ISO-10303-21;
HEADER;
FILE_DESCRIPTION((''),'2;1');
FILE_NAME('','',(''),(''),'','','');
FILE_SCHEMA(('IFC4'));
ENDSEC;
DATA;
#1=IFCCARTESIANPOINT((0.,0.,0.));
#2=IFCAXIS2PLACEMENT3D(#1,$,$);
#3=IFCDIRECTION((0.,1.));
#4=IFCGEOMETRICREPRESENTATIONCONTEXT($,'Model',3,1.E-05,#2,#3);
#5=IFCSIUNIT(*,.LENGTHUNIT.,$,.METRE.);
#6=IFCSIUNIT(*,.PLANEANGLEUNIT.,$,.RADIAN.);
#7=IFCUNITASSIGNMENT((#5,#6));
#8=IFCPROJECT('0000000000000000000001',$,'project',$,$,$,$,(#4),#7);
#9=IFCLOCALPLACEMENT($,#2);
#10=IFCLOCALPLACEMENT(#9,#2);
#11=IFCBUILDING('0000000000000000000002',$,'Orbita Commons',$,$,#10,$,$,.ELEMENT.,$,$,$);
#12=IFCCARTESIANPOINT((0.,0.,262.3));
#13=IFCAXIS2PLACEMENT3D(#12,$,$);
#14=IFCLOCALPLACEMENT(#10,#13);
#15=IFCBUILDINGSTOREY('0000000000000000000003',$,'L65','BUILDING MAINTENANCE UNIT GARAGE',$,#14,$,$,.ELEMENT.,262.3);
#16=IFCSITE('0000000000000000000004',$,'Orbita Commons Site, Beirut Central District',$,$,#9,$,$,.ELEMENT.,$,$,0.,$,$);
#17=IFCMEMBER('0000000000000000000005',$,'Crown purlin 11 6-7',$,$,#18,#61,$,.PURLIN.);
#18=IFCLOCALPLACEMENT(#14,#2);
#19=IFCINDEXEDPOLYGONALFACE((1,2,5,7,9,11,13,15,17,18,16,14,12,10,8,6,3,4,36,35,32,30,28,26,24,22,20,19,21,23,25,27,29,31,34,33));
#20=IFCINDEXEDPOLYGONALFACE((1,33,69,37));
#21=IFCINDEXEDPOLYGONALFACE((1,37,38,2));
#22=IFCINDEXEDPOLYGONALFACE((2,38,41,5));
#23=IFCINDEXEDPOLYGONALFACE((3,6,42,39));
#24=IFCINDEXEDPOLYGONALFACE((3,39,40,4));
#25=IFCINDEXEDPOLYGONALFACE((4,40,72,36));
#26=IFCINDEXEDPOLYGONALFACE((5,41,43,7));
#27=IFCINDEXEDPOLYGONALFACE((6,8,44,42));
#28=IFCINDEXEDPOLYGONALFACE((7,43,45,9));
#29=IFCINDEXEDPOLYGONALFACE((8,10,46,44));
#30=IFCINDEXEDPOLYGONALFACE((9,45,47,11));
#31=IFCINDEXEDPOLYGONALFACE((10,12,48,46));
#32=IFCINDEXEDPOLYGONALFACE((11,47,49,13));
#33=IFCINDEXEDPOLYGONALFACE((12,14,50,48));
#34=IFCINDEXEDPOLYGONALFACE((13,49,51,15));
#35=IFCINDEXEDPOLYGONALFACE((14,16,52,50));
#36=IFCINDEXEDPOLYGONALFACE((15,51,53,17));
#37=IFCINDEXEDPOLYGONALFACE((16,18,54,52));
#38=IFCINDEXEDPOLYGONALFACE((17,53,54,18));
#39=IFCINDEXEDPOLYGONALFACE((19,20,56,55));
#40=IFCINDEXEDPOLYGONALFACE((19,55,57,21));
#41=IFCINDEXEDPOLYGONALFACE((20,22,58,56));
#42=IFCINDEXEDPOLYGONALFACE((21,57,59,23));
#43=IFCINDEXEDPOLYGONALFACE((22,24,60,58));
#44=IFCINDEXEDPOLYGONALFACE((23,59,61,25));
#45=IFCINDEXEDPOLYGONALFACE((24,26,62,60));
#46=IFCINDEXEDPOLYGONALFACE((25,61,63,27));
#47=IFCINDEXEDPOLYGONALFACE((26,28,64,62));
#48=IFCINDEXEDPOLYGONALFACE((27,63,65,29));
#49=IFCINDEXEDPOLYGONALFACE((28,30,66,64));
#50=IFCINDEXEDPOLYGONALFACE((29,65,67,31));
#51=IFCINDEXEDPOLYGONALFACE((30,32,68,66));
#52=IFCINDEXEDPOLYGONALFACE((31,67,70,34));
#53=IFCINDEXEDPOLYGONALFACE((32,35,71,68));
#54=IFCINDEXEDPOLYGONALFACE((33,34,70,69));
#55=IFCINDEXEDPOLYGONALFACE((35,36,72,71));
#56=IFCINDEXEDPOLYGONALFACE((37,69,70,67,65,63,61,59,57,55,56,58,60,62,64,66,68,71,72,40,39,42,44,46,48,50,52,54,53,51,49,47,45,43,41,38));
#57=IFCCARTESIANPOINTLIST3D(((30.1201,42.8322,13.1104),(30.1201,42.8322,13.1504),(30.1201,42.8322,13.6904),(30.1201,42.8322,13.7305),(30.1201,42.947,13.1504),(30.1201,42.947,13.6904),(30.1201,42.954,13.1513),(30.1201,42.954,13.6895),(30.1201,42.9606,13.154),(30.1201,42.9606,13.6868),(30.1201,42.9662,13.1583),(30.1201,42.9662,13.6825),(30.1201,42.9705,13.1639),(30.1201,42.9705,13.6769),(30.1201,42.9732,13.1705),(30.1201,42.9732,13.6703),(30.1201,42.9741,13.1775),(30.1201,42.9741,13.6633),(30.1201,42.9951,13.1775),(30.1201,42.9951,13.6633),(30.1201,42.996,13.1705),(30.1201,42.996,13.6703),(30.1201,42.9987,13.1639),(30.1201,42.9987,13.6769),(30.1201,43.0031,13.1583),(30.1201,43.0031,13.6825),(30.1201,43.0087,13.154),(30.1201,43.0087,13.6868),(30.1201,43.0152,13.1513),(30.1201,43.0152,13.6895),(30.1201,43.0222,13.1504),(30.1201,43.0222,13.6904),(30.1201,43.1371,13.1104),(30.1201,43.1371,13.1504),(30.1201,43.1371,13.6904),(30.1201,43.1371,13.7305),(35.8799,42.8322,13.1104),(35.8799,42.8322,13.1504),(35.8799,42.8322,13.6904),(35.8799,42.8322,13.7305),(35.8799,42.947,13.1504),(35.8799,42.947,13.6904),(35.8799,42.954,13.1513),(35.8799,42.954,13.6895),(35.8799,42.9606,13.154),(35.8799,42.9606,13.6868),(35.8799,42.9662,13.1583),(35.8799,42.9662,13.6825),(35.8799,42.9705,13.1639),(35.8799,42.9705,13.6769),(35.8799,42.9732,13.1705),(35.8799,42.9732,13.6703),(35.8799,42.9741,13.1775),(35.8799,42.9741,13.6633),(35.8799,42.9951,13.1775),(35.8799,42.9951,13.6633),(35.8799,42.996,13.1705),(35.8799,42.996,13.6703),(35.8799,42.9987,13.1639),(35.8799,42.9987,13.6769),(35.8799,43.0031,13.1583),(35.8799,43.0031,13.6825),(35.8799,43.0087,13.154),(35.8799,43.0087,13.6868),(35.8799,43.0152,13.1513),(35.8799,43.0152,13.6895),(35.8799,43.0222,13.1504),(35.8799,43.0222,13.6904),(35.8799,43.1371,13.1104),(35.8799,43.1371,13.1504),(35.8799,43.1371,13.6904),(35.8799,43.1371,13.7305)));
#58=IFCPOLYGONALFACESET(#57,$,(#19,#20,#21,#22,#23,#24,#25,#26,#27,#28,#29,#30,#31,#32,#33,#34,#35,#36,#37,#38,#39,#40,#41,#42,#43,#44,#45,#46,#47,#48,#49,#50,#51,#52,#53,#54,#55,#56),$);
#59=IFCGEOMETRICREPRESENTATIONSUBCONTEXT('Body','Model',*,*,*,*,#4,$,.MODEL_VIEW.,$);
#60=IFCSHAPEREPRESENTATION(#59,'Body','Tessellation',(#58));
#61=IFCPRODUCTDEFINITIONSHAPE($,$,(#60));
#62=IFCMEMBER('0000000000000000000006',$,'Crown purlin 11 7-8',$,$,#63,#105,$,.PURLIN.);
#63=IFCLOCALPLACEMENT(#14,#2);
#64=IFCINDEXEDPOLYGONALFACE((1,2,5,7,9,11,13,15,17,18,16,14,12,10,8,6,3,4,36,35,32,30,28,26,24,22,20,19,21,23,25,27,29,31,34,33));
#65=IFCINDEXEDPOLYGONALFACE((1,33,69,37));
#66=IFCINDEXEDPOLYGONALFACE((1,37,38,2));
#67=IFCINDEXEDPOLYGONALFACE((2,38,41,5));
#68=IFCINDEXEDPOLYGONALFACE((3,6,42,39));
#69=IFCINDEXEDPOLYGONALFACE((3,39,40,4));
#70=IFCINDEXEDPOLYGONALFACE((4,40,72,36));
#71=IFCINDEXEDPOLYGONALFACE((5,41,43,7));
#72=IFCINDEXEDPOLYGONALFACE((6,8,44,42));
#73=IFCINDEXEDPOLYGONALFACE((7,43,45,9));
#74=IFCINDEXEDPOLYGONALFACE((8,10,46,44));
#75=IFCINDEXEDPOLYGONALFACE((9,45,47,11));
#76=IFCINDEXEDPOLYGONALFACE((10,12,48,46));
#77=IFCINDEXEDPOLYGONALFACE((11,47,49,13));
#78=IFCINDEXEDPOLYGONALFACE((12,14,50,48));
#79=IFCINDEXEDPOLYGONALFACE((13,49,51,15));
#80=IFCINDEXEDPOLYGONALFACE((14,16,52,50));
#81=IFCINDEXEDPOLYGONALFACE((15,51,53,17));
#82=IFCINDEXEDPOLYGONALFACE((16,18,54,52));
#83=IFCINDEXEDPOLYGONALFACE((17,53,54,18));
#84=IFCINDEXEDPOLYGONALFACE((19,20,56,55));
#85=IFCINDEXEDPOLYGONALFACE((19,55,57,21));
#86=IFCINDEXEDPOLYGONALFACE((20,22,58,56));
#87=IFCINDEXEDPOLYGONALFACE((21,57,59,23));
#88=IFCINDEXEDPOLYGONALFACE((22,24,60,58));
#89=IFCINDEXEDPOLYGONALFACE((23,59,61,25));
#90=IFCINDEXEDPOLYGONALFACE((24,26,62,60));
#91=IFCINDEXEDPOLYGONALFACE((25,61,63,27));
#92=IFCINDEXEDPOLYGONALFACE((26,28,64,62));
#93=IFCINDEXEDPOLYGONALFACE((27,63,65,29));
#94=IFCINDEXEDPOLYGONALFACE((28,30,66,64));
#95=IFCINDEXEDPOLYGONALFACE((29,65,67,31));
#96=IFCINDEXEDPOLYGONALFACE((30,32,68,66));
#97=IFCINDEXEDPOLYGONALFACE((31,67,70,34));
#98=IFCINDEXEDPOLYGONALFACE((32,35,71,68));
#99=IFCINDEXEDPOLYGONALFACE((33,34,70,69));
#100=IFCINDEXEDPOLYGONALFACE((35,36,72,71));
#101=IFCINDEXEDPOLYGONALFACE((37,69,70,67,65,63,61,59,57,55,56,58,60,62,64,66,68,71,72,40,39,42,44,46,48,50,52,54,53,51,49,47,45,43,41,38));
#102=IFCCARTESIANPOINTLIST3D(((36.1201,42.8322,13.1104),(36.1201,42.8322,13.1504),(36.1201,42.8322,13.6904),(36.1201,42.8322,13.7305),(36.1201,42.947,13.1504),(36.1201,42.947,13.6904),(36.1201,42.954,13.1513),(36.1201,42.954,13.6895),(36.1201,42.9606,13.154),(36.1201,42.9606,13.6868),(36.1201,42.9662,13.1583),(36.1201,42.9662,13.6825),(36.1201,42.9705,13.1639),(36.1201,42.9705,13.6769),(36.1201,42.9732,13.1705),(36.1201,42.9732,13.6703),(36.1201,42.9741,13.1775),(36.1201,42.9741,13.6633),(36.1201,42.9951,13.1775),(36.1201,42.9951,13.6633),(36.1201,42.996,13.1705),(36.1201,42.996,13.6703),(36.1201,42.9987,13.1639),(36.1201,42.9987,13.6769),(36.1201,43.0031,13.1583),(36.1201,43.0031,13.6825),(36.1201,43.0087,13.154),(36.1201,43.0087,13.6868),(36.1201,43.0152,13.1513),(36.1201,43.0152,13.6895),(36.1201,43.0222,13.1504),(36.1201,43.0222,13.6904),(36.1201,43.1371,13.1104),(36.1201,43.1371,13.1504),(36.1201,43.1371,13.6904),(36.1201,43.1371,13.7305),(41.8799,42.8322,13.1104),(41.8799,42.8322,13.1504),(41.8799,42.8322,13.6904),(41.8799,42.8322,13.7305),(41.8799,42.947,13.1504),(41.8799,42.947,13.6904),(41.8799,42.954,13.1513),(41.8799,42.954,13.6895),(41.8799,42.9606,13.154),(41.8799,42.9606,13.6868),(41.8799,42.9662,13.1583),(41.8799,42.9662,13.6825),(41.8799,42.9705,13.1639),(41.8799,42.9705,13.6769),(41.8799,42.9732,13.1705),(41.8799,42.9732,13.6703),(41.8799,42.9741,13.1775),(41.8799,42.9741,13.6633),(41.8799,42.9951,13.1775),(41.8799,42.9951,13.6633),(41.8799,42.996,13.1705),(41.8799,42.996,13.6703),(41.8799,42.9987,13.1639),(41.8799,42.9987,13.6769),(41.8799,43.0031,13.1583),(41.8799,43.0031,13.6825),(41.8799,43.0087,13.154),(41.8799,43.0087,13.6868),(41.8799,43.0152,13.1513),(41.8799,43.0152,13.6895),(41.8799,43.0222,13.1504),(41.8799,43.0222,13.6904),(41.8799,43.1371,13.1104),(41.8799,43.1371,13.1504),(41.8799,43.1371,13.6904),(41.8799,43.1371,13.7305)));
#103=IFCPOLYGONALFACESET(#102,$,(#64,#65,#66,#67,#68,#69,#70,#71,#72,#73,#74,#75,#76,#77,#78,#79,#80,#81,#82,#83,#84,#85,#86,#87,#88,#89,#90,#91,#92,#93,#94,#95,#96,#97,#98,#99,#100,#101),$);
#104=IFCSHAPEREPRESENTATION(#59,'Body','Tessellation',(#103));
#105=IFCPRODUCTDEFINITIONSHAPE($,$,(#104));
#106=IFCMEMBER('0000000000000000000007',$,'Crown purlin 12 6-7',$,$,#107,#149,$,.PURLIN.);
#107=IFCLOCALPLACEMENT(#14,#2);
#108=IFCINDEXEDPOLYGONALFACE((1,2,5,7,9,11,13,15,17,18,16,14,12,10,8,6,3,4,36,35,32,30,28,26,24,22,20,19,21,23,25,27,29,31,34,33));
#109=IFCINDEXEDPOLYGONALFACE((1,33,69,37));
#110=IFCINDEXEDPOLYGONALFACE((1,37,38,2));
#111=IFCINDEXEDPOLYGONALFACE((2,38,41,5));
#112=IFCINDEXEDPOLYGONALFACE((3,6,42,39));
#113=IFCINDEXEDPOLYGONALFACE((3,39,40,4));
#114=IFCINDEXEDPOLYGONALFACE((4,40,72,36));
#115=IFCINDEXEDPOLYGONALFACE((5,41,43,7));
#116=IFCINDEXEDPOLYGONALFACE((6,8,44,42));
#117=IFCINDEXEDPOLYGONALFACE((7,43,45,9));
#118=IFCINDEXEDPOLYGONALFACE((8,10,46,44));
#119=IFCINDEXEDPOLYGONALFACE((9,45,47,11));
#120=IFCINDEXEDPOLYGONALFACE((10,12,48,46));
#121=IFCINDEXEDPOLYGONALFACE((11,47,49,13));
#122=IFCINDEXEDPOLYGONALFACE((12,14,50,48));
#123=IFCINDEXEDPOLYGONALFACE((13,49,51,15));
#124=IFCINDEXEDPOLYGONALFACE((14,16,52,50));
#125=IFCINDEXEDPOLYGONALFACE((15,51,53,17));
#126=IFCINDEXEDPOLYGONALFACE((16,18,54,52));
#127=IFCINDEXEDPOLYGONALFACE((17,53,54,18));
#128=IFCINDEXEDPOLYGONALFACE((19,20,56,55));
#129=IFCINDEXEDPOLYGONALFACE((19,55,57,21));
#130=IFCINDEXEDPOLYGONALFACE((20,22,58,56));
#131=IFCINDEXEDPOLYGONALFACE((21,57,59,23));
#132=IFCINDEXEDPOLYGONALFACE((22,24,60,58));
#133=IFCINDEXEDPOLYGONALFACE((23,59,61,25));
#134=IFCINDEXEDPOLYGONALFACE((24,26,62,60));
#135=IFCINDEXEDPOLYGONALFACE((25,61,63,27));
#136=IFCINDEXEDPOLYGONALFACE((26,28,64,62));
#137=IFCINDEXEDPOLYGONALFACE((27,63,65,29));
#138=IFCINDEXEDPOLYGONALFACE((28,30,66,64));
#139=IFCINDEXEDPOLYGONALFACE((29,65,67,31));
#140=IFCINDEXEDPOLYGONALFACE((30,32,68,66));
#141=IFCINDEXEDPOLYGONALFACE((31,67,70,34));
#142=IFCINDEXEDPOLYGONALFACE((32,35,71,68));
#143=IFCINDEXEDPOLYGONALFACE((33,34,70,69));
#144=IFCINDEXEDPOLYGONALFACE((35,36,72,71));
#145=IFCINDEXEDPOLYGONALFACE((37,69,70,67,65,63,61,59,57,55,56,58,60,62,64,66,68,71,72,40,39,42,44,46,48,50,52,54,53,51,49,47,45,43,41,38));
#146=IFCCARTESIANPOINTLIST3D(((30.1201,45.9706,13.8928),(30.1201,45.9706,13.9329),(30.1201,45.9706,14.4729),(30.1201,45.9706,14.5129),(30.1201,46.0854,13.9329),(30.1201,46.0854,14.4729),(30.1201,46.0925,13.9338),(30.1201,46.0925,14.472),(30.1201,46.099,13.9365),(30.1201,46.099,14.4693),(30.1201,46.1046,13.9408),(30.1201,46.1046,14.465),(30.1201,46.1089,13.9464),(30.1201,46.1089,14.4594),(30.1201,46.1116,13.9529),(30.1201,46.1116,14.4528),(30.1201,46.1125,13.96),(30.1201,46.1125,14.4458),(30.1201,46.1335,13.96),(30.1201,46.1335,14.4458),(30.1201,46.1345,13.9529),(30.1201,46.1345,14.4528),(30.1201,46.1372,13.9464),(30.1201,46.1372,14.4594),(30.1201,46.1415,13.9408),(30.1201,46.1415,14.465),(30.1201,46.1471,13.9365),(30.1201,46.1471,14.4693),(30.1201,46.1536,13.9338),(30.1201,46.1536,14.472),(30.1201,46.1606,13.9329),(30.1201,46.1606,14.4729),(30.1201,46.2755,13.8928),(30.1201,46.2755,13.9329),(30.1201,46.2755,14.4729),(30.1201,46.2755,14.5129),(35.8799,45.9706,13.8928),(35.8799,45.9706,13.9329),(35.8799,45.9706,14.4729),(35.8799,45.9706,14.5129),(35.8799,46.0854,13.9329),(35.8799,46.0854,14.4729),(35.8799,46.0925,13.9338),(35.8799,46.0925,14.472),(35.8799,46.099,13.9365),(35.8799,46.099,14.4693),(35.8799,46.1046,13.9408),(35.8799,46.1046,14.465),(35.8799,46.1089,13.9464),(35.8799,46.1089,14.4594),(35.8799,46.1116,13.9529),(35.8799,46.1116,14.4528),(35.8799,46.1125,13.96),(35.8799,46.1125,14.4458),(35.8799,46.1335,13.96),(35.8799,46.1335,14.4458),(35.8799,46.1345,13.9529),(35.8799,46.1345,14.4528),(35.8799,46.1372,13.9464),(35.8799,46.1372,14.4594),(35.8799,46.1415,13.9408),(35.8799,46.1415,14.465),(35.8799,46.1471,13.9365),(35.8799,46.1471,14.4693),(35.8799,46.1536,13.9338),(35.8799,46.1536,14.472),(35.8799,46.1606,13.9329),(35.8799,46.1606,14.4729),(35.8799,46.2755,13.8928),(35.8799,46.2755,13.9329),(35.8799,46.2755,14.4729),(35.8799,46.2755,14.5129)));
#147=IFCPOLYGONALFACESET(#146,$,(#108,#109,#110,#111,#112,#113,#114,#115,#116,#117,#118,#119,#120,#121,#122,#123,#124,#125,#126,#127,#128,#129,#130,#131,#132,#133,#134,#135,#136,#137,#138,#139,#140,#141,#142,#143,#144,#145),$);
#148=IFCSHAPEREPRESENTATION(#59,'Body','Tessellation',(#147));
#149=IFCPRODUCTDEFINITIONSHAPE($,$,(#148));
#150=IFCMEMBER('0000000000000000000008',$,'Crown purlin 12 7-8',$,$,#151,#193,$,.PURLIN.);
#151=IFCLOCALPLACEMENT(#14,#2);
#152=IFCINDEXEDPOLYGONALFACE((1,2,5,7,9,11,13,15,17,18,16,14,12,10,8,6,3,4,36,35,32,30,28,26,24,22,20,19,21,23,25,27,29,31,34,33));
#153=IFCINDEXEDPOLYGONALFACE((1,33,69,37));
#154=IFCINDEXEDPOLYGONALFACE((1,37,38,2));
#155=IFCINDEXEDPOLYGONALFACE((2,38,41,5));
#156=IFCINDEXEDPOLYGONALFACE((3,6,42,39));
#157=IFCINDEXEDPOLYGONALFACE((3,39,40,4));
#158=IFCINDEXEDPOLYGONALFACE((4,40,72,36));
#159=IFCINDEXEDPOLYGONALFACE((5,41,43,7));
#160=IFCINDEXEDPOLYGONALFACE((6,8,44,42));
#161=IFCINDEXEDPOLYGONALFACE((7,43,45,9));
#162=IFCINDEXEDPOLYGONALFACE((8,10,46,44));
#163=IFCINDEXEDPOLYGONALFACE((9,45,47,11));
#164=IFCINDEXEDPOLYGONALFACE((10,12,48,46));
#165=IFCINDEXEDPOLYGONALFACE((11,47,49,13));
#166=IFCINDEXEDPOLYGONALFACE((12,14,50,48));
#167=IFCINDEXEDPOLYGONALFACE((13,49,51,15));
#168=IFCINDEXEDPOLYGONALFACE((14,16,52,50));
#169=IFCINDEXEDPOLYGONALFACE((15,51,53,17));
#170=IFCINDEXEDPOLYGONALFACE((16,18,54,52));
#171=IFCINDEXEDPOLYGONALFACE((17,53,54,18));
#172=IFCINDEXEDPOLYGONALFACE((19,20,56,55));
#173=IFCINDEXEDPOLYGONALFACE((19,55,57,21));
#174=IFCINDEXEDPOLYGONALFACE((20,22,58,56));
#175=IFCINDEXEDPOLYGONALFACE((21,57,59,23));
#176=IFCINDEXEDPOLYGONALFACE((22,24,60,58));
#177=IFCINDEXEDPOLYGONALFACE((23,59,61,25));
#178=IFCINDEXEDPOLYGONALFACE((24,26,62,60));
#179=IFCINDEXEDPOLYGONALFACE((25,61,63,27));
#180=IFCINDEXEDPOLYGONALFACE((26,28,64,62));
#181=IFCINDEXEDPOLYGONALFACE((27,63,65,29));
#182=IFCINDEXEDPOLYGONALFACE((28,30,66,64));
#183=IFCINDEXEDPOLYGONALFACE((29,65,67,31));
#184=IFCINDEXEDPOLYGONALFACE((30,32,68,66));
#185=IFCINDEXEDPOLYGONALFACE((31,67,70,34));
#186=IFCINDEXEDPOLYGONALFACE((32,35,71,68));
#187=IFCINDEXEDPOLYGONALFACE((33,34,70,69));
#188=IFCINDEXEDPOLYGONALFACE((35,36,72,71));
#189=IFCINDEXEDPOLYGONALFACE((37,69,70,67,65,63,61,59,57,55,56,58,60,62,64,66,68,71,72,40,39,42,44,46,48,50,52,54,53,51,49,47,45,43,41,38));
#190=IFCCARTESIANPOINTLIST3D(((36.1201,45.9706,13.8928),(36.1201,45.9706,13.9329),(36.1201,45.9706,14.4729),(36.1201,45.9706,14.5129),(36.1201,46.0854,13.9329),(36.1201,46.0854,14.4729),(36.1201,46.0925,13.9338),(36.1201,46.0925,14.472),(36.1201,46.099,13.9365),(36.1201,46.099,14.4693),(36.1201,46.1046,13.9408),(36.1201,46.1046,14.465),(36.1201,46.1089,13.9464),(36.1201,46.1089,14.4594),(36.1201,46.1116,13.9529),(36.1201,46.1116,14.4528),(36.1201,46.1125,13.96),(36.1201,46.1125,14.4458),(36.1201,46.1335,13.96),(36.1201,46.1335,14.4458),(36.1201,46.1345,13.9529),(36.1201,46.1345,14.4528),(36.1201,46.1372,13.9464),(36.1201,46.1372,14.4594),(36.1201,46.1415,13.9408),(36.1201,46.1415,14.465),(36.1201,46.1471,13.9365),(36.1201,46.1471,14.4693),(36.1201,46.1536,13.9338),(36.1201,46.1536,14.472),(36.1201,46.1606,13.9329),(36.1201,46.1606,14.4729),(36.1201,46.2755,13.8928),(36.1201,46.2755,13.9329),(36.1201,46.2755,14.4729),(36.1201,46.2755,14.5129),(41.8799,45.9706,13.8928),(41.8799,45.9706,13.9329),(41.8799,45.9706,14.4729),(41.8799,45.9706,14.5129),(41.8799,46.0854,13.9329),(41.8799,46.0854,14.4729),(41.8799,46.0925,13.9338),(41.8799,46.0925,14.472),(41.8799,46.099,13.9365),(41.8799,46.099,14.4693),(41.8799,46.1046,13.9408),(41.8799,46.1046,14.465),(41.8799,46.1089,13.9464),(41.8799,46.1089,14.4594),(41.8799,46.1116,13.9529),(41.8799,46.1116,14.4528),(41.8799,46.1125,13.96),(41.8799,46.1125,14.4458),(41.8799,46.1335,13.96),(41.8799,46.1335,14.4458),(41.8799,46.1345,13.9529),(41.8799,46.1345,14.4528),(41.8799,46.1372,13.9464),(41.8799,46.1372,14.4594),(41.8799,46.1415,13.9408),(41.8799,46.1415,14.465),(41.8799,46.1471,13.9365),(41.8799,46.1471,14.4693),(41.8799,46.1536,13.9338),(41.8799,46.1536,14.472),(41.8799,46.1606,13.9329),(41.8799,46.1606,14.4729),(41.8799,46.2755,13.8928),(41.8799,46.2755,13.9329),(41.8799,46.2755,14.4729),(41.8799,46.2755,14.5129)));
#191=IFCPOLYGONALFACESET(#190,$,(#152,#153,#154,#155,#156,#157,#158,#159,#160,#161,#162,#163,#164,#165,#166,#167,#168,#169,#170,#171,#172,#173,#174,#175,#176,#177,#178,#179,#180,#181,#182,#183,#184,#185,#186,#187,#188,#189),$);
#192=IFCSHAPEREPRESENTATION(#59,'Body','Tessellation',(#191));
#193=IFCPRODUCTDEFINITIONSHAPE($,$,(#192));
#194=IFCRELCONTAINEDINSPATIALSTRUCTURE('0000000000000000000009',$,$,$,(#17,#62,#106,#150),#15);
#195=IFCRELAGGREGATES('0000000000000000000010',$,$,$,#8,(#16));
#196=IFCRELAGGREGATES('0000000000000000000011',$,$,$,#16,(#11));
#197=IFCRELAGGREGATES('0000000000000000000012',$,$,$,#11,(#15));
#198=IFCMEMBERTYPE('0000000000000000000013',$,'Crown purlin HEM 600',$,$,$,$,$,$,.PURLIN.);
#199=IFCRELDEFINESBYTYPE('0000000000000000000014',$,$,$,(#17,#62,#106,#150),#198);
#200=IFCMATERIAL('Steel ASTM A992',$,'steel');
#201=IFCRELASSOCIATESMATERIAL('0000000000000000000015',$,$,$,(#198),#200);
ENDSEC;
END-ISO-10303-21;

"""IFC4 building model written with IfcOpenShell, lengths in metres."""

from ifc_helpers import new_model, si_unit, direction, frame, origin, origin_2d, place, context, subcontext, project, spatial, i_section, extrude, material, material_profile, profile_set, type_object, element, save


model = new_model("IFC4")

# Units and contexts
model_context = context("Model", 3, precision=1e-05, world=origin(), true_north=direction((0.0, 1.0)))
body_context = subcontext(model_context, "Body", "Model", "MODEL_VIEW")
ifc_project = project(units=[si_unit("LENGTHUNIT", "METRE"), si_unit("PLANEANGLEUNIT", "RADIAN")], contexts=[model_context])

# Site, building, storey
site_placement = place(None, origin())
site = spatial("IfcSite", under=ifc_project, at=site_placement, Name="Orbita Commons Site, Beirut Central District", CompositionType="ELEMENT", RefElevation=0.0)
building_placement = place(site_placement, origin())
building = spatial("IfcBuilding", under=site, at=building_placement, Name="Orbita Commons", CompositionType="ELEMENT")
storey_placement = place(building_placement, frame((0.0, 0.0, 262.3)))
storey = spatial("IfcBuildingStorey", under=building, at=storey_placement, Name="L65", Description="BUILDING MAINTENANCE UNIT GARAGE", CompositionType="ELEMENT", Elevation=262.3)

# Members
ifc_material_1 = material(Name="Steel ASTM A992", Category="steel")
ifc_material_profile_1 = material_profile(ifc_material_1, i_section(OverallWidth=0.3049, OverallDepth=0.6201, WebThickness=0.021, FlangeThickness=0.04, FilletRadius=0.0271, at=origin_2d()), Name="HEM 600")
ifc_profile_set_1 = profile_set([ifc_material_profile_1], Name="Steel ASTM A992")
member_type = type_object("IfcMemberType", Name="Crown purlin HEM 600", PredefinedType="PURLIN", material=ifc_profile_set_1)
for number, where, z_axis, x_axis, name in (
    (1, (30.1201, 42.9846, 13.4204), (1.0, 0.0, 0.0), (0.0, 1.0, 0.0), "Crown purlin 11 6-7"),
    (2, (36.1201, 42.9846, 13.4204), (1.0, 0.0, 0.0), (0.0, 1.0, 0.0), "Crown purlin 11 7-8"),
    (3, (30.1201, 46.123, 14.2029), (1.0, 0.0, 0.0), (0.0, 1.0, 0.0), "Crown purlin 12 6-7"),
    (4, (36.1201, 46.123, 14.2029), (1.0, 0.0, 0.0), (0.0, 1.0, 0.0), "Crown purlin 12 7-8"),
):
    element("IfcMember", number, at=place(storey_placement, frame(where, z_axis=z_axis, x_axis=x_axis)), inside=storey, type_object=member_type, Name=name, PredefinedType="PURLIN", context=body_context, shape_type="SweptSolid", body=[
        extrude(i_section(OverallWidth=0.3049, OverallDepth=0.6201, WebThickness=0.021, FlangeThickness=0.04, FilletRadius=0.0271, at=origin_2d()), origin(), (0.0, 0.0, 1.0), 5.7598),
    ])

save(model, "model.ifc")
